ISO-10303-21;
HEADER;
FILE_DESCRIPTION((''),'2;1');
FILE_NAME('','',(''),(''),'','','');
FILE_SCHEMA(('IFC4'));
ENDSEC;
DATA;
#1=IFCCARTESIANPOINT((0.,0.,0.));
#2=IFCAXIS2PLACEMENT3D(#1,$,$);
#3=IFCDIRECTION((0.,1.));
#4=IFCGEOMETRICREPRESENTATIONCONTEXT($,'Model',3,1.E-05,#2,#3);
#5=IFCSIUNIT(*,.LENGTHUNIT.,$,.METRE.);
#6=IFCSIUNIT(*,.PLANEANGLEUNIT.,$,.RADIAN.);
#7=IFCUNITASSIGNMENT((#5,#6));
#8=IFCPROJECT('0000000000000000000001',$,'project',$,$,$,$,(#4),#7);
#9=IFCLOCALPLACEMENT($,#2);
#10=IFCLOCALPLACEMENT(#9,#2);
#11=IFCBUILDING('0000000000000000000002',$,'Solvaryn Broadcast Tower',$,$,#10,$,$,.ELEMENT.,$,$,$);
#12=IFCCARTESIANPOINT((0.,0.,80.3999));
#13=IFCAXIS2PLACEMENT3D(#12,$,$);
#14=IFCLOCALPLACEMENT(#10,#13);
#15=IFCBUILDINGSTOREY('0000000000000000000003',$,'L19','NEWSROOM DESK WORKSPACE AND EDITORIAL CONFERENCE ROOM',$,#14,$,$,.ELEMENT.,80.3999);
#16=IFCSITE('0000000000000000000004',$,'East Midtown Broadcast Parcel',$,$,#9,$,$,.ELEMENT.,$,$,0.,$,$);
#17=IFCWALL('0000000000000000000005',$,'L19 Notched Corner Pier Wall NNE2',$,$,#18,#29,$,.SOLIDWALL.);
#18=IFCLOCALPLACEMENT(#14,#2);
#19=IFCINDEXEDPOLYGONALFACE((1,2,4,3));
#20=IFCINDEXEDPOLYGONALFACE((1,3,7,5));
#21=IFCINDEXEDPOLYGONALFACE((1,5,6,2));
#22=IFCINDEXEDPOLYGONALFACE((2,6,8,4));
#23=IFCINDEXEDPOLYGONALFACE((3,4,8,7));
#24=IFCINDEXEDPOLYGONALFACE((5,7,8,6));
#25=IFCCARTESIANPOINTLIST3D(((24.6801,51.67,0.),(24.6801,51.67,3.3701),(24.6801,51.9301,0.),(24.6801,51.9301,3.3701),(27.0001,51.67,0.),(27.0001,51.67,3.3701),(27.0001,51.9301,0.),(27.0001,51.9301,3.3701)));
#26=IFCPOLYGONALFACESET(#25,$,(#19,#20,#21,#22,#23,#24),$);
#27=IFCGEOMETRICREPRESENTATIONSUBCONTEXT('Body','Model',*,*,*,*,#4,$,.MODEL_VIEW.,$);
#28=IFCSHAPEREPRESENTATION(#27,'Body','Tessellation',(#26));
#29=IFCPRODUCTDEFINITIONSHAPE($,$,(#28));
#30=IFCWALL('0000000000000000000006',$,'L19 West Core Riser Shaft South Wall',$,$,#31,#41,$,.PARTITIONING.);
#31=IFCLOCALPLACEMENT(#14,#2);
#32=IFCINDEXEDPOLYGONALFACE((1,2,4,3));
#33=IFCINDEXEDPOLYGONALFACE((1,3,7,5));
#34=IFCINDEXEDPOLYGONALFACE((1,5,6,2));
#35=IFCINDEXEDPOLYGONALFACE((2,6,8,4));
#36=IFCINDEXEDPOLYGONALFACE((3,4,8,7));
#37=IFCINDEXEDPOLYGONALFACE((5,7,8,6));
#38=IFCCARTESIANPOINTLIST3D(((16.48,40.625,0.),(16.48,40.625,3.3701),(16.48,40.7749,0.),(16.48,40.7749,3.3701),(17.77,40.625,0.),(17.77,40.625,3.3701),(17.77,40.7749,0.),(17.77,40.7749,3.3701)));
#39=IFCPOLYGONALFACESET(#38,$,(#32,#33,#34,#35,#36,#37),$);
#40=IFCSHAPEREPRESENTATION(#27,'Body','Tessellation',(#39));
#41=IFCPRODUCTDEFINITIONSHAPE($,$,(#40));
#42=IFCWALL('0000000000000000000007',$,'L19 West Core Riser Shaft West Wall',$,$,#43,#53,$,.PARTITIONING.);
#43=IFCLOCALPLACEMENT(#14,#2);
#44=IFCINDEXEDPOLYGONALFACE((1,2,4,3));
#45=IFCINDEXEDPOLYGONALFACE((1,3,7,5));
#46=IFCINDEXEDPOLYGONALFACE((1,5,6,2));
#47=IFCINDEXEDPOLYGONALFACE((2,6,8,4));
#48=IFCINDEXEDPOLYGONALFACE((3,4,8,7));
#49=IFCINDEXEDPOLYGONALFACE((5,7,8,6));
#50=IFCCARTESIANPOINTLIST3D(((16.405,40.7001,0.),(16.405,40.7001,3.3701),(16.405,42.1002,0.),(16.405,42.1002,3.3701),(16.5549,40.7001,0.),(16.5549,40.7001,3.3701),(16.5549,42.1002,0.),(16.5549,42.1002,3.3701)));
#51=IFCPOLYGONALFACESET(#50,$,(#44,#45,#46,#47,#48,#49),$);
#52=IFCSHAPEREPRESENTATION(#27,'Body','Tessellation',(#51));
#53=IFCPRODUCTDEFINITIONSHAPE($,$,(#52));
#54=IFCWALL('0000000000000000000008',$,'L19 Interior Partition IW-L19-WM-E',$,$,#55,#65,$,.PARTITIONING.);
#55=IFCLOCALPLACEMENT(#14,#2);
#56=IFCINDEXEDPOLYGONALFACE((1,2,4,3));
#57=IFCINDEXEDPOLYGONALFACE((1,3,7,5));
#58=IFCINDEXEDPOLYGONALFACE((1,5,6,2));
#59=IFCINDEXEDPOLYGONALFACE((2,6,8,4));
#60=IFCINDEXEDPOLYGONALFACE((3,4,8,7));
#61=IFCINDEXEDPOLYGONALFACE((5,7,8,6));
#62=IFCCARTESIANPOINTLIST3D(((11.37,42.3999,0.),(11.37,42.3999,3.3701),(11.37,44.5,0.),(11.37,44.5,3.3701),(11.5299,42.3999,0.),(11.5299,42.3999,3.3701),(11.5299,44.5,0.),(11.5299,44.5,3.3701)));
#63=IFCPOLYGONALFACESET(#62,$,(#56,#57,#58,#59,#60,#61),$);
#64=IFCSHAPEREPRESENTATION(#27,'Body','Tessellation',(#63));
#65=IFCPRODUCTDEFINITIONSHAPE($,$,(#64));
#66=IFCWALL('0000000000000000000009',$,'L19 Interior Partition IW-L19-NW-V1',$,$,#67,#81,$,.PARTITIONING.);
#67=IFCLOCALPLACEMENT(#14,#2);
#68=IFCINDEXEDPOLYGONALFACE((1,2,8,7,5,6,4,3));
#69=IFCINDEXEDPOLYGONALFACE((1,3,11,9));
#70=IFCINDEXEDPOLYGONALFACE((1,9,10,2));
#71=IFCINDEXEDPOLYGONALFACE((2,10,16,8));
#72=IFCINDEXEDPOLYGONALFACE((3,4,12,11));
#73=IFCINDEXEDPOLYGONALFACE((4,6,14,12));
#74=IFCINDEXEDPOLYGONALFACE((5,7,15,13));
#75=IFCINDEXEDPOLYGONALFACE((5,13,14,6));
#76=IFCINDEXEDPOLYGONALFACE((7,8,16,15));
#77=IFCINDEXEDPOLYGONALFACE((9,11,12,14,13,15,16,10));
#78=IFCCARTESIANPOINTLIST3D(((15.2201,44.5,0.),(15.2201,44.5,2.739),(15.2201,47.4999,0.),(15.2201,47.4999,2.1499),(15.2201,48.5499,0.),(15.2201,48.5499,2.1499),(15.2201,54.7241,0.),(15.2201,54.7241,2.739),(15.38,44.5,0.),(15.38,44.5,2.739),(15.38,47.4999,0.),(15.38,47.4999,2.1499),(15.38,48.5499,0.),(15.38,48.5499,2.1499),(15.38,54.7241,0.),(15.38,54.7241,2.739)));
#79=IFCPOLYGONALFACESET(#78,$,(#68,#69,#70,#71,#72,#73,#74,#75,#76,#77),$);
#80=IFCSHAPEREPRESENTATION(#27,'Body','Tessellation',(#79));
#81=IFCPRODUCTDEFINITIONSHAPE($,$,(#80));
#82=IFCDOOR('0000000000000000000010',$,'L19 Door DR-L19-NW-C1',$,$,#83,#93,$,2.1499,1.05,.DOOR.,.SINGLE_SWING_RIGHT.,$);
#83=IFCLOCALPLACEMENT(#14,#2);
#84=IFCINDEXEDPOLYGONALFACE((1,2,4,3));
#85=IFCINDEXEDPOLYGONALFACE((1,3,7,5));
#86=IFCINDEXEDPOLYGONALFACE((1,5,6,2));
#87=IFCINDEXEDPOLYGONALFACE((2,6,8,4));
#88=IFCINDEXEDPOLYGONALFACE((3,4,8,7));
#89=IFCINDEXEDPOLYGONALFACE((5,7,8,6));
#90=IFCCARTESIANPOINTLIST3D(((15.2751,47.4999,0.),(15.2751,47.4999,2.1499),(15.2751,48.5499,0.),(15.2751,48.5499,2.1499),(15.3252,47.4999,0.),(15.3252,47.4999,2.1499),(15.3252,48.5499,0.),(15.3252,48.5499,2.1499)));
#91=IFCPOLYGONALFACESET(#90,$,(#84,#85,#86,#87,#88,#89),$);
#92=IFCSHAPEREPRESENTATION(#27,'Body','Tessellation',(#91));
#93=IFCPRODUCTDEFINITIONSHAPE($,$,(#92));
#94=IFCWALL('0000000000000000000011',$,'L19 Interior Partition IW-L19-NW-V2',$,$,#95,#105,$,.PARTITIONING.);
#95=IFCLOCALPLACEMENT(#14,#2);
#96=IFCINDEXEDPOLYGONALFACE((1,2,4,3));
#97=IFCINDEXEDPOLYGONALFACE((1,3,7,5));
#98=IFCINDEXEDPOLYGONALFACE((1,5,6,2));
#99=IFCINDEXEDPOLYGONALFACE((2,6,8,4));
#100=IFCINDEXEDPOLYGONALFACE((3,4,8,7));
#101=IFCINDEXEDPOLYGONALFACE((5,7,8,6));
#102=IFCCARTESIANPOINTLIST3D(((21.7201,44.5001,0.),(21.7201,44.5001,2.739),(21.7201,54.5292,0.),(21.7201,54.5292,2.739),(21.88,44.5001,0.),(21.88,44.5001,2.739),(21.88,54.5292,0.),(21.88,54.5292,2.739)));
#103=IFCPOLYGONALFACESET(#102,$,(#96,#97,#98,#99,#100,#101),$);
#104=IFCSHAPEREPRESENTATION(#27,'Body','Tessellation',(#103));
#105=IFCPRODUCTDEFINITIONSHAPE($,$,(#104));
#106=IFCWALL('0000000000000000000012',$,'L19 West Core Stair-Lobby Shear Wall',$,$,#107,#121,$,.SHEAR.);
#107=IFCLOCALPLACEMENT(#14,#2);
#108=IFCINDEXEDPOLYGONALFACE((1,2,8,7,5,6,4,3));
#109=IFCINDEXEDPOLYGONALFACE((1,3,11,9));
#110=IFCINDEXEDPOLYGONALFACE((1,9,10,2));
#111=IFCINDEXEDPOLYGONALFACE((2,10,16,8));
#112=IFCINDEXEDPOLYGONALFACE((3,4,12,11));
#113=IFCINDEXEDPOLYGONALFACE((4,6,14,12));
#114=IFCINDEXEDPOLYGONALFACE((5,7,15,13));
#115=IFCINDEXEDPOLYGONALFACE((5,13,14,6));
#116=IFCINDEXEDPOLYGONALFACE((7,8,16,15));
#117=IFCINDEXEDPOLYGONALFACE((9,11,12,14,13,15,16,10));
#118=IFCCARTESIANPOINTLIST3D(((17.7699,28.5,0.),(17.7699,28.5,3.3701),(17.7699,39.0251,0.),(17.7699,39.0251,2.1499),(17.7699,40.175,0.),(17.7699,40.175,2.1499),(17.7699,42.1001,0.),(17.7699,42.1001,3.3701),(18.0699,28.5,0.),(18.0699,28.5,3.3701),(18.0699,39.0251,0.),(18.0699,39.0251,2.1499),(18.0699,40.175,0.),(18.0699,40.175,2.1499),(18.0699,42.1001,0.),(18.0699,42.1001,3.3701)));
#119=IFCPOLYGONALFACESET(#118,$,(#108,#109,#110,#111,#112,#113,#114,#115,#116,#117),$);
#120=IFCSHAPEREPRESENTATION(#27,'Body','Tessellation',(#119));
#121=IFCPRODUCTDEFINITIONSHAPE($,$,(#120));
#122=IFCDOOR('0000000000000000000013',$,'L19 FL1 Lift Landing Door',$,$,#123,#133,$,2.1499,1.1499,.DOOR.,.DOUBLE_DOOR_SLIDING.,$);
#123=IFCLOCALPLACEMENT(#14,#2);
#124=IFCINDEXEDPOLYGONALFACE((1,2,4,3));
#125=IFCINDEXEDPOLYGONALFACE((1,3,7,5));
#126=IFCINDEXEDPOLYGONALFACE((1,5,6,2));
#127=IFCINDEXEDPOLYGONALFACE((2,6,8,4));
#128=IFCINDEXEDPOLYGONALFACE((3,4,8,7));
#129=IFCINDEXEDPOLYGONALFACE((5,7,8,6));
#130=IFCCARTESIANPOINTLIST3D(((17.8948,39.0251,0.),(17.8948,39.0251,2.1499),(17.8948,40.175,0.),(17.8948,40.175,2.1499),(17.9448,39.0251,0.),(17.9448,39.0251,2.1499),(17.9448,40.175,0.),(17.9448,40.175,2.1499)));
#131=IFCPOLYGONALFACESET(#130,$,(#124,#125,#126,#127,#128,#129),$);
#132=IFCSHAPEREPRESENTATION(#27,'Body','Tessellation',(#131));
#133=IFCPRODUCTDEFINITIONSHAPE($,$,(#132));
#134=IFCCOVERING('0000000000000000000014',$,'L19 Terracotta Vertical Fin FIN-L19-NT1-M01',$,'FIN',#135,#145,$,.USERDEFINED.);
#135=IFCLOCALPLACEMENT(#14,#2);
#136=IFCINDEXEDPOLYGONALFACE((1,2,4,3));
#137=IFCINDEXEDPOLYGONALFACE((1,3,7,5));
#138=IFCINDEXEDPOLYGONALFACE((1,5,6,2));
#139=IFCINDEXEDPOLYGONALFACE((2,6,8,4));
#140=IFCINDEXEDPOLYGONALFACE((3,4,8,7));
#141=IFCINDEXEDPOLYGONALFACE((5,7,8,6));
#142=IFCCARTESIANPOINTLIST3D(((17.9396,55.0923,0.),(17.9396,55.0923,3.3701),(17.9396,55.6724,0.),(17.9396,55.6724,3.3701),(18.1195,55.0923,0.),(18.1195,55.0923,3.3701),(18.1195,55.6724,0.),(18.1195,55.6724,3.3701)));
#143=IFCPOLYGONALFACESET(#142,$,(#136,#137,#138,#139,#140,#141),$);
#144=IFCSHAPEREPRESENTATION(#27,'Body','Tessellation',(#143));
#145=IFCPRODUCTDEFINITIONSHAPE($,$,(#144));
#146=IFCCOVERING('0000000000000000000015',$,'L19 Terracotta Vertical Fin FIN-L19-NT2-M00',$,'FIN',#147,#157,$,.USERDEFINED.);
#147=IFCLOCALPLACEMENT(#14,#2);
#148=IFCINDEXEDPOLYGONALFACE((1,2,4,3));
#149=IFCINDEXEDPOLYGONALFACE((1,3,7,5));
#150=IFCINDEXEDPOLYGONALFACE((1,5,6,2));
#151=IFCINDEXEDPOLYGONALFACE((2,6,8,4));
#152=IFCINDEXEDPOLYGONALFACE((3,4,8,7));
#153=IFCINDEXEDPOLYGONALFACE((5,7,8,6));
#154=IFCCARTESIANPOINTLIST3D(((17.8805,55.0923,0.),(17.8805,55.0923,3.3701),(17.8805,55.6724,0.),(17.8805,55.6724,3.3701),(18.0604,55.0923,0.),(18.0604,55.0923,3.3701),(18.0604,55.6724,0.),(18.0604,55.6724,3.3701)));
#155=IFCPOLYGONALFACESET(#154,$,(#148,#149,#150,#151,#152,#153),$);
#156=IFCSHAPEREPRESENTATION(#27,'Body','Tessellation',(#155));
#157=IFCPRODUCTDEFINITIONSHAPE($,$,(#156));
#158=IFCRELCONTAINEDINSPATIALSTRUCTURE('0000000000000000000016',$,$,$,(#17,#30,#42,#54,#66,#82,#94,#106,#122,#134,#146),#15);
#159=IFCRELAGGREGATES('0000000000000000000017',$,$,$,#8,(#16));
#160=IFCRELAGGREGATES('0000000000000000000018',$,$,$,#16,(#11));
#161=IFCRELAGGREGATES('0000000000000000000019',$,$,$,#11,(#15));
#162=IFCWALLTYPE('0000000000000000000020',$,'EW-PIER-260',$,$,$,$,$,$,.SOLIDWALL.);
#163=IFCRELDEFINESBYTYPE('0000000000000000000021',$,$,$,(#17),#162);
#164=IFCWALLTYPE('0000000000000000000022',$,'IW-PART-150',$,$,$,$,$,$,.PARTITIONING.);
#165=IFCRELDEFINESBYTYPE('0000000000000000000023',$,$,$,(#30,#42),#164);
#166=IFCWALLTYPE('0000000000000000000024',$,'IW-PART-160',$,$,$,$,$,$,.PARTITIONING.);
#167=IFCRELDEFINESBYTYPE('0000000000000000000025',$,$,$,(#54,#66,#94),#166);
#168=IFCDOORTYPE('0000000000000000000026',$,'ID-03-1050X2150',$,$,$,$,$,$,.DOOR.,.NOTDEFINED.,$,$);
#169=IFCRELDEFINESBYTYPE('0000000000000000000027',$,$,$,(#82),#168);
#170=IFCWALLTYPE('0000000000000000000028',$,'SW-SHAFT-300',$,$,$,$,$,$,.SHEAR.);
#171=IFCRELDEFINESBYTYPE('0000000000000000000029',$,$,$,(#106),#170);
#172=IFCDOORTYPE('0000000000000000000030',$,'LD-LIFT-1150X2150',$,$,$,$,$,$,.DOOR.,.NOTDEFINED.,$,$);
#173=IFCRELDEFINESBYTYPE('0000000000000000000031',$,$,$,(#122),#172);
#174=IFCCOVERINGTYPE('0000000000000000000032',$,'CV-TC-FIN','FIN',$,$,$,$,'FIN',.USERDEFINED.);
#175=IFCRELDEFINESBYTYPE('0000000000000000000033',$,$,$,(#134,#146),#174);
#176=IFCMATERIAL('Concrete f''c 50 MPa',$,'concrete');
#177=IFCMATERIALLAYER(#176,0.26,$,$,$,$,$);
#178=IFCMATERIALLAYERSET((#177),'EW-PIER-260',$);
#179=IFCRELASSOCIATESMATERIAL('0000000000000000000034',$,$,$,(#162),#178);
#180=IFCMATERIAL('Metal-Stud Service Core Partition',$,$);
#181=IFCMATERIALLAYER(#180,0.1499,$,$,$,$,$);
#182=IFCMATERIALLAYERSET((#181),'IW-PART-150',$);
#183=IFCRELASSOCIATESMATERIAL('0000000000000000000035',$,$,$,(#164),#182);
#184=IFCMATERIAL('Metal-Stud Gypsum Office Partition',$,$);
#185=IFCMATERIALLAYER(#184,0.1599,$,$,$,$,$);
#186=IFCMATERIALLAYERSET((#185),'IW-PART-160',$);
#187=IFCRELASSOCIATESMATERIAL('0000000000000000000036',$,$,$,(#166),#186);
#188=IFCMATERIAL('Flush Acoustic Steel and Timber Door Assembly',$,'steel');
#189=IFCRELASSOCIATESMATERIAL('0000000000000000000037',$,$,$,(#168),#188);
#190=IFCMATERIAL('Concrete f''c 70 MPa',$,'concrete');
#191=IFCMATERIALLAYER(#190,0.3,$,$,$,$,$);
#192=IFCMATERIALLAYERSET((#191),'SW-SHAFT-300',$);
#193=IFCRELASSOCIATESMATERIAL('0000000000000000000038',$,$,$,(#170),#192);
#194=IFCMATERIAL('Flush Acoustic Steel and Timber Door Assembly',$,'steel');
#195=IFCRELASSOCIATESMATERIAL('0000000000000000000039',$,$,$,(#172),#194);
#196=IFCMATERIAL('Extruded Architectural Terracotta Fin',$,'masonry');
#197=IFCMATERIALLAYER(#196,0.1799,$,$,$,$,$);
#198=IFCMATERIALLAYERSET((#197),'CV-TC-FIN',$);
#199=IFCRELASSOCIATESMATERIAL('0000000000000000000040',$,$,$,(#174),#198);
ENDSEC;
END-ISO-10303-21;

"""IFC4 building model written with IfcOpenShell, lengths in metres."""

from ifc_helpers import new_model, si_unit, direction, frame, frame_2d, origin, origin_2d, place, context, subcontext, project, spatial, rectangle, extrude, material, layer, layer_set, type_object, element, fill, save


model = new_model("IFC4")

# Units and contexts
model_context = context("Model", 3, precision=1e-05, world=origin(), true_north=direction((0.0, 1.0)))
body_context = subcontext(model_context, "Body", "Model", "MODEL_VIEW")
ifc_project = project(units=[si_unit("LENGTHUNIT", "METRE"), si_unit("PLANEANGLEUNIT", "RADIAN")], contexts=[model_context])

# Site, building, storey
site_placement = place(None, origin())
site = spatial("IfcSite", under=ifc_project, at=site_placement, Name="East Midtown Broadcast Parcel", CompositionType="ELEMENT", RefElevation=0.0)
building_placement = place(site_placement, origin())
building = spatial("IfcBuilding", under=site, at=building_placement, Name="Solvaryn Broadcast Tower", CompositionType="ELEMENT")
storey_placement = place(building_placement, frame((0.0, 0.0, 80.3999)))
storey = spatial("IfcBuildingStorey", under=building, at=storey_placement, Name="L19", Description="NEWSROOM DESK WORKSPACE AND EDITORIAL CONFERENCE ROOM", CompositionType="ELEMENT", Elevation=80.3999)

# Walls
ifc_material_1 = material(Name="Concrete f'c 50 MPa", Category="concrete")
ifc_layer_1 = layer(ifc_material_1, 0.26)
ifc_layer_set_1 = layer_set([ifc_layer_1], Name="EW-PIER-260")
wall_type_1 = type_object("IfcWallType", Name="EW-PIER-260", PredefinedType="SOLIDWALL", material=ifc_layer_set_1)
wall_1_placement = place(storey_placement, frame((24.6799, 51.8, 0.0), z_axis=(0.0, 0.0, 1.0), x_axis=(1.0, 0.0, 0.0)))
element("IfcWall", 1, at=wall_1_placement, inside=storey, type_object=wall_type_1, Name="L19 Notched Corner Pier Wall NNE2", PredefinedType="SOLIDWALL", context=body_context, shape_type="SweptSolid", body=[
    extrude(rectangle(XDim=2.3201, YDim=0.26, at=frame_2d((1.1602, 0.0))), origin(), (0.0, 0.0, 1.0), 3.3701),
])
ifc_material_2 = material(Name="Metal-Stud Service Core Partition")
ifc_layer_2 = layer(ifc_material_2, 0.1499)
ifc_layer_set_2 = layer_set([ifc_layer_2], Name="IW-PART-150")
wall_type_2 = type_object("IfcWallType", Name="IW-PART-150", PredefinedType="PARTITIONING", material=ifc_layer_set_2)
wall_2_placement = place(storey_placement, frame((16.48, 40.7, 0.0), z_axis=(0.0, 0.0, 1.0), x_axis=(1.0, 0.0, 0.0)))
element("IfcWall", 2, at=wall_2_placement, inside=storey, type_object=wall_type_2, Name="L19 West Core Riser Shaft South Wall", PredefinedType="PARTITIONING", context=body_context, shape_type="SweptSolid", body=[
    extrude(rectangle(XDim=1.29, YDim=0.1499, at=frame_2d((0.645, 0.0))), origin(), (0.0, 0.0, 1.0), 3.3701),
])
wall_3_placement = place(storey_placement, frame((16.48, 40.7, 0.0), z_axis=(0.0, 0.0, 1.0), x_axis=(0.0, 1.0, 0.0)))
element("IfcWall", 3, at=wall_3_placement, inside=storey, type_object=wall_type_2, Name="L19 West Core Riser Shaft West Wall", PredefinedType="PARTITIONING", context=body_context, shape_type="SweptSolid", body=[
    extrude(rectangle(XDim=1.4001, YDim=0.1499, at=frame_2d((0.7002, 0.0))), origin(), (0.0, 0.0, 1.0), 3.3701),
])
ifc_material_3 = material(Name="Metal-Stud Gypsum Office Partition")
ifc_layer_3 = layer(ifc_material_3, 0.1599)
ifc_layer_set_3 = layer_set([ifc_layer_3], Name="IW-PART-160")
wall_type_3 = type_object("IfcWallType", Name="IW-PART-160", PredefinedType="PARTITIONING", material=ifc_layer_set_3)
wall_4_placement = place(storey_placement, frame((11.45, 42.3999, 0.0), z_axis=(0.0, 0.0, 1.0), x_axis=(0.0, 1.0, 0.0)))
element("IfcWall", 4, at=wall_4_placement, inside=storey, type_object=wall_type_3, Name="L19 Interior Partition IW-L19-WM-E", PredefinedType="PARTITIONING", context=body_context, shape_type="SweptSolid", body=[
    extrude(rectangle(XDim=2.1001, YDim=0.1599, at=frame_2d((1.05, 0.0))), origin(), (0.0, 0.0, 1.0), 3.3701),
])

# Wall, opening, door
wall_5_placement = place(storey_placement, frame((15.3, 44.5, 0.0), z_axis=(0.0, 0.0, 1.0), x_axis=(0.0, 1.0, 0.0)))
wall_5 = element("IfcWall", 5, at=wall_5_placement, inside=storey, type_object=wall_type_3, Name="L19 Interior Partition IW-L19-NW-V1", PredefinedType="PARTITIONING", context=body_context, shape_type="SweptSolid", body=[
    extrude(rectangle(XDim=10.2241, YDim=0.1599, at=frame_2d((5.1121, 0.0))), origin(), (0.0, 0.0, 1.0), 2.739),
])
opening_1_placement = place(wall_5_placement, frame((3.0, 0.0, 0.0)))
opening_1 = element("IfcOpeningElement", 6, at=opening_1_placement, cuts=wall_5, PredefinedType="OPENING", context=body_context, shape_type="SweptSolid", body=[
    extrude(rectangle(XDim=1.05, YDim=2.1499, at=frame_2d((0.5249, 1.075))), frame((0.0, 0.0901, 0.0), z_axis=(0.0, -1.0, 0.0), x_axis=(1.0, 0.0, 0.0)), (0.0, 0.0, 1.0), 0.1799),
])
ifc_material_4 = material(Name="Flush Acoustic Steel and Timber Door Assembly", Category="steel")
door_type_1 = type_object("IfcDoorType", Name="ID-03-1050X2150", OperationType="NOTDEFINED", PredefinedType="DOOR", material=ifc_material_4)
door_1_placement = place(opening_1_placement, origin())
door_1 = element("IfcDoor", 7, at=door_1_placement, inside=storey, type_object=door_type_1, Name="L19 Door DR-L19-NW-C1", OperationType="SINGLE_SWING_RIGHT", OverallHeight=2.1499, OverallWidth=1.05, PredefinedType="DOOR", context=body_context, shape_type="SweptSolid", body=[
    extrude(rectangle(XDim=1.05, YDim=2.1499, at=frame_2d((0.5249, 1.075))), frame((0.0, 0.0249, 0.0), z_axis=(0.0, -1.0, 0.0), x_axis=(1.0, 0.0, 0.0)), (0.0, 0.0, 1.0), 0.05),
])
fill(opening_1, door_1)

# Wall
wall_6_placement = place(storey_placement, frame((21.8, 44.5, 0.0), z_axis=(0.0, 0.0, 1.0), x_axis=(0.0, 1.0, 0.0)))
element("IfcWall", 8, at=wall_6_placement, inside=storey, type_object=wall_type_3, Name="L19 Interior Partition IW-L19-NW-V2", PredefinedType="PARTITIONING", context=body_context, shape_type="SweptSolid", body=[
    extrude(rectangle(XDim=10.0291, YDim=0.1599, at=frame_2d((5.0146, 0.0))), origin(), (0.0, 0.0, 1.0), 2.739),
])

# Wall, opening, door
ifc_material_5 = material(Name="Concrete f'c 70 MPa", Category="concrete")
ifc_layer_4 = layer(ifc_material_5, 0.3)
ifc_layer_set_4 = layer_set([ifc_layer_4], Name="SW-SHAFT-300")
wall_type_4 = type_object("IfcWallType", Name="SW-SHAFT-300", PredefinedType="SHEAR", material=ifc_layer_set_4)
wall_7_placement = place(storey_placement, frame((17.9199, 42.1001, 0.0), z_axis=(0.0, 0.0, 1.0), x_axis=(0.0, -1.0, 0.0)))
wall_7 = element("IfcWall", 9, at=wall_7_placement, inside=storey, type_object=wall_type_4, Name="L19 West Core Stair-Lobby Shear Wall", PredefinedType="SHEAR", context=body_context, shape_type="SweptSolid", body=[
    extrude(rectangle(XDim=13.6001, YDim=0.3, at=frame_2d((6.8, 0.0))), origin(), (0.0, 0.0, 1.0), 3.3701),
])
opening_2_placement = place(wall_7_placement, frame((1.925, 0.0, 0.0)))
opening_2 = element("IfcOpeningElement", 10, at=opening_2_placement, cuts=wall_7, PredefinedType="OPENING", context=body_context, shape_type="SweptSolid", body=[
    extrude(rectangle(XDim=1.1499, YDim=2.1499, at=frame_2d((0.575, 1.075))), frame((0.0, 0.1599, 0.0), z_axis=(0.0, -1.0, 0.0), x_axis=(1.0, 0.0, 0.0)), (0.0, 0.0, 1.0), 0.3201),
])
ifc_material_6 = material(Name="Flush Acoustic Steel and Timber Door Assembly", Category="steel")
door_type_2 = type_object("IfcDoorType", Name="LD-LIFT-1150X2150", OperationType="NOTDEFINED", PredefinedType="DOOR", material=ifc_material_6)
door_2_placement = place(opening_2_placement, origin())
door_2 = element("IfcDoor", 11, at=door_2_placement, inside=storey, type_object=door_type_2, Name="L19 FL1 Lift Landing Door", OperationType="DOUBLE_DOOR_SLIDING", OverallHeight=2.1499, OverallWidth=1.1499, PredefinedType="DOOR", context=body_context, shape_type="SweptSolid", body=[
    extrude(rectangle(XDim=1.1499, YDim=2.1499, at=frame_2d((0.575, 1.075))), frame((0.0, 0.0249, 0.0), z_axis=(0.0, -1.0, 0.0), x_axis=(1.0, 0.0, 0.0)), (0.0, 0.0, 1.0), 0.05),
])
fill(opening_2, door_2)

# Coverings
ifc_material_7 = material(Name="Extruded Architectural Terracotta Fin", Category="masonry")
ifc_layer_5 = layer(ifc_material_7, 0.1799)
ifc_layer_set_5 = layer_set([ifc_layer_5], Name="CV-TC-FIN")
covering_type = type_object("IfcCoveringType", Name="CV-TC-FIN", Description="FIN", ElementType="FIN", PredefinedType="USERDEFINED", material=ifc_layer_set_5)
for number, where, z_axis, x_axis, name in (
    (12, (18.0295, 55.3823, 0.0), (0.0, 0.0, 1.0), (1.0, 0.0, 0.0), "L19 Terracotta Vertical Fin FIN-L19-NT1-M01"),
    (13, (17.9705, 55.3823, 0.0), (0.0, 0.0, 1.0), (1.0, 0.0, 0.0), "L19 Terracotta Vertical Fin FIN-L19-NT2-M00"),
):
    element("IfcCovering", number, at=place(storey_placement, frame(where, z_axis=z_axis, x_axis=x_axis)), inside=storey, type_object=covering_type, Name=name, ObjectType="FIN", PredefinedType="USERDEFINED", context=body_context, shape_type="SweptSolid", body=[
        extrude(rectangle(XDim=0.1799, YDim=0.5801, at=origin_2d()), origin(), (0.0, 0.0, 1.0), 3.3701),
    ])

save(model, "model.ifc")
